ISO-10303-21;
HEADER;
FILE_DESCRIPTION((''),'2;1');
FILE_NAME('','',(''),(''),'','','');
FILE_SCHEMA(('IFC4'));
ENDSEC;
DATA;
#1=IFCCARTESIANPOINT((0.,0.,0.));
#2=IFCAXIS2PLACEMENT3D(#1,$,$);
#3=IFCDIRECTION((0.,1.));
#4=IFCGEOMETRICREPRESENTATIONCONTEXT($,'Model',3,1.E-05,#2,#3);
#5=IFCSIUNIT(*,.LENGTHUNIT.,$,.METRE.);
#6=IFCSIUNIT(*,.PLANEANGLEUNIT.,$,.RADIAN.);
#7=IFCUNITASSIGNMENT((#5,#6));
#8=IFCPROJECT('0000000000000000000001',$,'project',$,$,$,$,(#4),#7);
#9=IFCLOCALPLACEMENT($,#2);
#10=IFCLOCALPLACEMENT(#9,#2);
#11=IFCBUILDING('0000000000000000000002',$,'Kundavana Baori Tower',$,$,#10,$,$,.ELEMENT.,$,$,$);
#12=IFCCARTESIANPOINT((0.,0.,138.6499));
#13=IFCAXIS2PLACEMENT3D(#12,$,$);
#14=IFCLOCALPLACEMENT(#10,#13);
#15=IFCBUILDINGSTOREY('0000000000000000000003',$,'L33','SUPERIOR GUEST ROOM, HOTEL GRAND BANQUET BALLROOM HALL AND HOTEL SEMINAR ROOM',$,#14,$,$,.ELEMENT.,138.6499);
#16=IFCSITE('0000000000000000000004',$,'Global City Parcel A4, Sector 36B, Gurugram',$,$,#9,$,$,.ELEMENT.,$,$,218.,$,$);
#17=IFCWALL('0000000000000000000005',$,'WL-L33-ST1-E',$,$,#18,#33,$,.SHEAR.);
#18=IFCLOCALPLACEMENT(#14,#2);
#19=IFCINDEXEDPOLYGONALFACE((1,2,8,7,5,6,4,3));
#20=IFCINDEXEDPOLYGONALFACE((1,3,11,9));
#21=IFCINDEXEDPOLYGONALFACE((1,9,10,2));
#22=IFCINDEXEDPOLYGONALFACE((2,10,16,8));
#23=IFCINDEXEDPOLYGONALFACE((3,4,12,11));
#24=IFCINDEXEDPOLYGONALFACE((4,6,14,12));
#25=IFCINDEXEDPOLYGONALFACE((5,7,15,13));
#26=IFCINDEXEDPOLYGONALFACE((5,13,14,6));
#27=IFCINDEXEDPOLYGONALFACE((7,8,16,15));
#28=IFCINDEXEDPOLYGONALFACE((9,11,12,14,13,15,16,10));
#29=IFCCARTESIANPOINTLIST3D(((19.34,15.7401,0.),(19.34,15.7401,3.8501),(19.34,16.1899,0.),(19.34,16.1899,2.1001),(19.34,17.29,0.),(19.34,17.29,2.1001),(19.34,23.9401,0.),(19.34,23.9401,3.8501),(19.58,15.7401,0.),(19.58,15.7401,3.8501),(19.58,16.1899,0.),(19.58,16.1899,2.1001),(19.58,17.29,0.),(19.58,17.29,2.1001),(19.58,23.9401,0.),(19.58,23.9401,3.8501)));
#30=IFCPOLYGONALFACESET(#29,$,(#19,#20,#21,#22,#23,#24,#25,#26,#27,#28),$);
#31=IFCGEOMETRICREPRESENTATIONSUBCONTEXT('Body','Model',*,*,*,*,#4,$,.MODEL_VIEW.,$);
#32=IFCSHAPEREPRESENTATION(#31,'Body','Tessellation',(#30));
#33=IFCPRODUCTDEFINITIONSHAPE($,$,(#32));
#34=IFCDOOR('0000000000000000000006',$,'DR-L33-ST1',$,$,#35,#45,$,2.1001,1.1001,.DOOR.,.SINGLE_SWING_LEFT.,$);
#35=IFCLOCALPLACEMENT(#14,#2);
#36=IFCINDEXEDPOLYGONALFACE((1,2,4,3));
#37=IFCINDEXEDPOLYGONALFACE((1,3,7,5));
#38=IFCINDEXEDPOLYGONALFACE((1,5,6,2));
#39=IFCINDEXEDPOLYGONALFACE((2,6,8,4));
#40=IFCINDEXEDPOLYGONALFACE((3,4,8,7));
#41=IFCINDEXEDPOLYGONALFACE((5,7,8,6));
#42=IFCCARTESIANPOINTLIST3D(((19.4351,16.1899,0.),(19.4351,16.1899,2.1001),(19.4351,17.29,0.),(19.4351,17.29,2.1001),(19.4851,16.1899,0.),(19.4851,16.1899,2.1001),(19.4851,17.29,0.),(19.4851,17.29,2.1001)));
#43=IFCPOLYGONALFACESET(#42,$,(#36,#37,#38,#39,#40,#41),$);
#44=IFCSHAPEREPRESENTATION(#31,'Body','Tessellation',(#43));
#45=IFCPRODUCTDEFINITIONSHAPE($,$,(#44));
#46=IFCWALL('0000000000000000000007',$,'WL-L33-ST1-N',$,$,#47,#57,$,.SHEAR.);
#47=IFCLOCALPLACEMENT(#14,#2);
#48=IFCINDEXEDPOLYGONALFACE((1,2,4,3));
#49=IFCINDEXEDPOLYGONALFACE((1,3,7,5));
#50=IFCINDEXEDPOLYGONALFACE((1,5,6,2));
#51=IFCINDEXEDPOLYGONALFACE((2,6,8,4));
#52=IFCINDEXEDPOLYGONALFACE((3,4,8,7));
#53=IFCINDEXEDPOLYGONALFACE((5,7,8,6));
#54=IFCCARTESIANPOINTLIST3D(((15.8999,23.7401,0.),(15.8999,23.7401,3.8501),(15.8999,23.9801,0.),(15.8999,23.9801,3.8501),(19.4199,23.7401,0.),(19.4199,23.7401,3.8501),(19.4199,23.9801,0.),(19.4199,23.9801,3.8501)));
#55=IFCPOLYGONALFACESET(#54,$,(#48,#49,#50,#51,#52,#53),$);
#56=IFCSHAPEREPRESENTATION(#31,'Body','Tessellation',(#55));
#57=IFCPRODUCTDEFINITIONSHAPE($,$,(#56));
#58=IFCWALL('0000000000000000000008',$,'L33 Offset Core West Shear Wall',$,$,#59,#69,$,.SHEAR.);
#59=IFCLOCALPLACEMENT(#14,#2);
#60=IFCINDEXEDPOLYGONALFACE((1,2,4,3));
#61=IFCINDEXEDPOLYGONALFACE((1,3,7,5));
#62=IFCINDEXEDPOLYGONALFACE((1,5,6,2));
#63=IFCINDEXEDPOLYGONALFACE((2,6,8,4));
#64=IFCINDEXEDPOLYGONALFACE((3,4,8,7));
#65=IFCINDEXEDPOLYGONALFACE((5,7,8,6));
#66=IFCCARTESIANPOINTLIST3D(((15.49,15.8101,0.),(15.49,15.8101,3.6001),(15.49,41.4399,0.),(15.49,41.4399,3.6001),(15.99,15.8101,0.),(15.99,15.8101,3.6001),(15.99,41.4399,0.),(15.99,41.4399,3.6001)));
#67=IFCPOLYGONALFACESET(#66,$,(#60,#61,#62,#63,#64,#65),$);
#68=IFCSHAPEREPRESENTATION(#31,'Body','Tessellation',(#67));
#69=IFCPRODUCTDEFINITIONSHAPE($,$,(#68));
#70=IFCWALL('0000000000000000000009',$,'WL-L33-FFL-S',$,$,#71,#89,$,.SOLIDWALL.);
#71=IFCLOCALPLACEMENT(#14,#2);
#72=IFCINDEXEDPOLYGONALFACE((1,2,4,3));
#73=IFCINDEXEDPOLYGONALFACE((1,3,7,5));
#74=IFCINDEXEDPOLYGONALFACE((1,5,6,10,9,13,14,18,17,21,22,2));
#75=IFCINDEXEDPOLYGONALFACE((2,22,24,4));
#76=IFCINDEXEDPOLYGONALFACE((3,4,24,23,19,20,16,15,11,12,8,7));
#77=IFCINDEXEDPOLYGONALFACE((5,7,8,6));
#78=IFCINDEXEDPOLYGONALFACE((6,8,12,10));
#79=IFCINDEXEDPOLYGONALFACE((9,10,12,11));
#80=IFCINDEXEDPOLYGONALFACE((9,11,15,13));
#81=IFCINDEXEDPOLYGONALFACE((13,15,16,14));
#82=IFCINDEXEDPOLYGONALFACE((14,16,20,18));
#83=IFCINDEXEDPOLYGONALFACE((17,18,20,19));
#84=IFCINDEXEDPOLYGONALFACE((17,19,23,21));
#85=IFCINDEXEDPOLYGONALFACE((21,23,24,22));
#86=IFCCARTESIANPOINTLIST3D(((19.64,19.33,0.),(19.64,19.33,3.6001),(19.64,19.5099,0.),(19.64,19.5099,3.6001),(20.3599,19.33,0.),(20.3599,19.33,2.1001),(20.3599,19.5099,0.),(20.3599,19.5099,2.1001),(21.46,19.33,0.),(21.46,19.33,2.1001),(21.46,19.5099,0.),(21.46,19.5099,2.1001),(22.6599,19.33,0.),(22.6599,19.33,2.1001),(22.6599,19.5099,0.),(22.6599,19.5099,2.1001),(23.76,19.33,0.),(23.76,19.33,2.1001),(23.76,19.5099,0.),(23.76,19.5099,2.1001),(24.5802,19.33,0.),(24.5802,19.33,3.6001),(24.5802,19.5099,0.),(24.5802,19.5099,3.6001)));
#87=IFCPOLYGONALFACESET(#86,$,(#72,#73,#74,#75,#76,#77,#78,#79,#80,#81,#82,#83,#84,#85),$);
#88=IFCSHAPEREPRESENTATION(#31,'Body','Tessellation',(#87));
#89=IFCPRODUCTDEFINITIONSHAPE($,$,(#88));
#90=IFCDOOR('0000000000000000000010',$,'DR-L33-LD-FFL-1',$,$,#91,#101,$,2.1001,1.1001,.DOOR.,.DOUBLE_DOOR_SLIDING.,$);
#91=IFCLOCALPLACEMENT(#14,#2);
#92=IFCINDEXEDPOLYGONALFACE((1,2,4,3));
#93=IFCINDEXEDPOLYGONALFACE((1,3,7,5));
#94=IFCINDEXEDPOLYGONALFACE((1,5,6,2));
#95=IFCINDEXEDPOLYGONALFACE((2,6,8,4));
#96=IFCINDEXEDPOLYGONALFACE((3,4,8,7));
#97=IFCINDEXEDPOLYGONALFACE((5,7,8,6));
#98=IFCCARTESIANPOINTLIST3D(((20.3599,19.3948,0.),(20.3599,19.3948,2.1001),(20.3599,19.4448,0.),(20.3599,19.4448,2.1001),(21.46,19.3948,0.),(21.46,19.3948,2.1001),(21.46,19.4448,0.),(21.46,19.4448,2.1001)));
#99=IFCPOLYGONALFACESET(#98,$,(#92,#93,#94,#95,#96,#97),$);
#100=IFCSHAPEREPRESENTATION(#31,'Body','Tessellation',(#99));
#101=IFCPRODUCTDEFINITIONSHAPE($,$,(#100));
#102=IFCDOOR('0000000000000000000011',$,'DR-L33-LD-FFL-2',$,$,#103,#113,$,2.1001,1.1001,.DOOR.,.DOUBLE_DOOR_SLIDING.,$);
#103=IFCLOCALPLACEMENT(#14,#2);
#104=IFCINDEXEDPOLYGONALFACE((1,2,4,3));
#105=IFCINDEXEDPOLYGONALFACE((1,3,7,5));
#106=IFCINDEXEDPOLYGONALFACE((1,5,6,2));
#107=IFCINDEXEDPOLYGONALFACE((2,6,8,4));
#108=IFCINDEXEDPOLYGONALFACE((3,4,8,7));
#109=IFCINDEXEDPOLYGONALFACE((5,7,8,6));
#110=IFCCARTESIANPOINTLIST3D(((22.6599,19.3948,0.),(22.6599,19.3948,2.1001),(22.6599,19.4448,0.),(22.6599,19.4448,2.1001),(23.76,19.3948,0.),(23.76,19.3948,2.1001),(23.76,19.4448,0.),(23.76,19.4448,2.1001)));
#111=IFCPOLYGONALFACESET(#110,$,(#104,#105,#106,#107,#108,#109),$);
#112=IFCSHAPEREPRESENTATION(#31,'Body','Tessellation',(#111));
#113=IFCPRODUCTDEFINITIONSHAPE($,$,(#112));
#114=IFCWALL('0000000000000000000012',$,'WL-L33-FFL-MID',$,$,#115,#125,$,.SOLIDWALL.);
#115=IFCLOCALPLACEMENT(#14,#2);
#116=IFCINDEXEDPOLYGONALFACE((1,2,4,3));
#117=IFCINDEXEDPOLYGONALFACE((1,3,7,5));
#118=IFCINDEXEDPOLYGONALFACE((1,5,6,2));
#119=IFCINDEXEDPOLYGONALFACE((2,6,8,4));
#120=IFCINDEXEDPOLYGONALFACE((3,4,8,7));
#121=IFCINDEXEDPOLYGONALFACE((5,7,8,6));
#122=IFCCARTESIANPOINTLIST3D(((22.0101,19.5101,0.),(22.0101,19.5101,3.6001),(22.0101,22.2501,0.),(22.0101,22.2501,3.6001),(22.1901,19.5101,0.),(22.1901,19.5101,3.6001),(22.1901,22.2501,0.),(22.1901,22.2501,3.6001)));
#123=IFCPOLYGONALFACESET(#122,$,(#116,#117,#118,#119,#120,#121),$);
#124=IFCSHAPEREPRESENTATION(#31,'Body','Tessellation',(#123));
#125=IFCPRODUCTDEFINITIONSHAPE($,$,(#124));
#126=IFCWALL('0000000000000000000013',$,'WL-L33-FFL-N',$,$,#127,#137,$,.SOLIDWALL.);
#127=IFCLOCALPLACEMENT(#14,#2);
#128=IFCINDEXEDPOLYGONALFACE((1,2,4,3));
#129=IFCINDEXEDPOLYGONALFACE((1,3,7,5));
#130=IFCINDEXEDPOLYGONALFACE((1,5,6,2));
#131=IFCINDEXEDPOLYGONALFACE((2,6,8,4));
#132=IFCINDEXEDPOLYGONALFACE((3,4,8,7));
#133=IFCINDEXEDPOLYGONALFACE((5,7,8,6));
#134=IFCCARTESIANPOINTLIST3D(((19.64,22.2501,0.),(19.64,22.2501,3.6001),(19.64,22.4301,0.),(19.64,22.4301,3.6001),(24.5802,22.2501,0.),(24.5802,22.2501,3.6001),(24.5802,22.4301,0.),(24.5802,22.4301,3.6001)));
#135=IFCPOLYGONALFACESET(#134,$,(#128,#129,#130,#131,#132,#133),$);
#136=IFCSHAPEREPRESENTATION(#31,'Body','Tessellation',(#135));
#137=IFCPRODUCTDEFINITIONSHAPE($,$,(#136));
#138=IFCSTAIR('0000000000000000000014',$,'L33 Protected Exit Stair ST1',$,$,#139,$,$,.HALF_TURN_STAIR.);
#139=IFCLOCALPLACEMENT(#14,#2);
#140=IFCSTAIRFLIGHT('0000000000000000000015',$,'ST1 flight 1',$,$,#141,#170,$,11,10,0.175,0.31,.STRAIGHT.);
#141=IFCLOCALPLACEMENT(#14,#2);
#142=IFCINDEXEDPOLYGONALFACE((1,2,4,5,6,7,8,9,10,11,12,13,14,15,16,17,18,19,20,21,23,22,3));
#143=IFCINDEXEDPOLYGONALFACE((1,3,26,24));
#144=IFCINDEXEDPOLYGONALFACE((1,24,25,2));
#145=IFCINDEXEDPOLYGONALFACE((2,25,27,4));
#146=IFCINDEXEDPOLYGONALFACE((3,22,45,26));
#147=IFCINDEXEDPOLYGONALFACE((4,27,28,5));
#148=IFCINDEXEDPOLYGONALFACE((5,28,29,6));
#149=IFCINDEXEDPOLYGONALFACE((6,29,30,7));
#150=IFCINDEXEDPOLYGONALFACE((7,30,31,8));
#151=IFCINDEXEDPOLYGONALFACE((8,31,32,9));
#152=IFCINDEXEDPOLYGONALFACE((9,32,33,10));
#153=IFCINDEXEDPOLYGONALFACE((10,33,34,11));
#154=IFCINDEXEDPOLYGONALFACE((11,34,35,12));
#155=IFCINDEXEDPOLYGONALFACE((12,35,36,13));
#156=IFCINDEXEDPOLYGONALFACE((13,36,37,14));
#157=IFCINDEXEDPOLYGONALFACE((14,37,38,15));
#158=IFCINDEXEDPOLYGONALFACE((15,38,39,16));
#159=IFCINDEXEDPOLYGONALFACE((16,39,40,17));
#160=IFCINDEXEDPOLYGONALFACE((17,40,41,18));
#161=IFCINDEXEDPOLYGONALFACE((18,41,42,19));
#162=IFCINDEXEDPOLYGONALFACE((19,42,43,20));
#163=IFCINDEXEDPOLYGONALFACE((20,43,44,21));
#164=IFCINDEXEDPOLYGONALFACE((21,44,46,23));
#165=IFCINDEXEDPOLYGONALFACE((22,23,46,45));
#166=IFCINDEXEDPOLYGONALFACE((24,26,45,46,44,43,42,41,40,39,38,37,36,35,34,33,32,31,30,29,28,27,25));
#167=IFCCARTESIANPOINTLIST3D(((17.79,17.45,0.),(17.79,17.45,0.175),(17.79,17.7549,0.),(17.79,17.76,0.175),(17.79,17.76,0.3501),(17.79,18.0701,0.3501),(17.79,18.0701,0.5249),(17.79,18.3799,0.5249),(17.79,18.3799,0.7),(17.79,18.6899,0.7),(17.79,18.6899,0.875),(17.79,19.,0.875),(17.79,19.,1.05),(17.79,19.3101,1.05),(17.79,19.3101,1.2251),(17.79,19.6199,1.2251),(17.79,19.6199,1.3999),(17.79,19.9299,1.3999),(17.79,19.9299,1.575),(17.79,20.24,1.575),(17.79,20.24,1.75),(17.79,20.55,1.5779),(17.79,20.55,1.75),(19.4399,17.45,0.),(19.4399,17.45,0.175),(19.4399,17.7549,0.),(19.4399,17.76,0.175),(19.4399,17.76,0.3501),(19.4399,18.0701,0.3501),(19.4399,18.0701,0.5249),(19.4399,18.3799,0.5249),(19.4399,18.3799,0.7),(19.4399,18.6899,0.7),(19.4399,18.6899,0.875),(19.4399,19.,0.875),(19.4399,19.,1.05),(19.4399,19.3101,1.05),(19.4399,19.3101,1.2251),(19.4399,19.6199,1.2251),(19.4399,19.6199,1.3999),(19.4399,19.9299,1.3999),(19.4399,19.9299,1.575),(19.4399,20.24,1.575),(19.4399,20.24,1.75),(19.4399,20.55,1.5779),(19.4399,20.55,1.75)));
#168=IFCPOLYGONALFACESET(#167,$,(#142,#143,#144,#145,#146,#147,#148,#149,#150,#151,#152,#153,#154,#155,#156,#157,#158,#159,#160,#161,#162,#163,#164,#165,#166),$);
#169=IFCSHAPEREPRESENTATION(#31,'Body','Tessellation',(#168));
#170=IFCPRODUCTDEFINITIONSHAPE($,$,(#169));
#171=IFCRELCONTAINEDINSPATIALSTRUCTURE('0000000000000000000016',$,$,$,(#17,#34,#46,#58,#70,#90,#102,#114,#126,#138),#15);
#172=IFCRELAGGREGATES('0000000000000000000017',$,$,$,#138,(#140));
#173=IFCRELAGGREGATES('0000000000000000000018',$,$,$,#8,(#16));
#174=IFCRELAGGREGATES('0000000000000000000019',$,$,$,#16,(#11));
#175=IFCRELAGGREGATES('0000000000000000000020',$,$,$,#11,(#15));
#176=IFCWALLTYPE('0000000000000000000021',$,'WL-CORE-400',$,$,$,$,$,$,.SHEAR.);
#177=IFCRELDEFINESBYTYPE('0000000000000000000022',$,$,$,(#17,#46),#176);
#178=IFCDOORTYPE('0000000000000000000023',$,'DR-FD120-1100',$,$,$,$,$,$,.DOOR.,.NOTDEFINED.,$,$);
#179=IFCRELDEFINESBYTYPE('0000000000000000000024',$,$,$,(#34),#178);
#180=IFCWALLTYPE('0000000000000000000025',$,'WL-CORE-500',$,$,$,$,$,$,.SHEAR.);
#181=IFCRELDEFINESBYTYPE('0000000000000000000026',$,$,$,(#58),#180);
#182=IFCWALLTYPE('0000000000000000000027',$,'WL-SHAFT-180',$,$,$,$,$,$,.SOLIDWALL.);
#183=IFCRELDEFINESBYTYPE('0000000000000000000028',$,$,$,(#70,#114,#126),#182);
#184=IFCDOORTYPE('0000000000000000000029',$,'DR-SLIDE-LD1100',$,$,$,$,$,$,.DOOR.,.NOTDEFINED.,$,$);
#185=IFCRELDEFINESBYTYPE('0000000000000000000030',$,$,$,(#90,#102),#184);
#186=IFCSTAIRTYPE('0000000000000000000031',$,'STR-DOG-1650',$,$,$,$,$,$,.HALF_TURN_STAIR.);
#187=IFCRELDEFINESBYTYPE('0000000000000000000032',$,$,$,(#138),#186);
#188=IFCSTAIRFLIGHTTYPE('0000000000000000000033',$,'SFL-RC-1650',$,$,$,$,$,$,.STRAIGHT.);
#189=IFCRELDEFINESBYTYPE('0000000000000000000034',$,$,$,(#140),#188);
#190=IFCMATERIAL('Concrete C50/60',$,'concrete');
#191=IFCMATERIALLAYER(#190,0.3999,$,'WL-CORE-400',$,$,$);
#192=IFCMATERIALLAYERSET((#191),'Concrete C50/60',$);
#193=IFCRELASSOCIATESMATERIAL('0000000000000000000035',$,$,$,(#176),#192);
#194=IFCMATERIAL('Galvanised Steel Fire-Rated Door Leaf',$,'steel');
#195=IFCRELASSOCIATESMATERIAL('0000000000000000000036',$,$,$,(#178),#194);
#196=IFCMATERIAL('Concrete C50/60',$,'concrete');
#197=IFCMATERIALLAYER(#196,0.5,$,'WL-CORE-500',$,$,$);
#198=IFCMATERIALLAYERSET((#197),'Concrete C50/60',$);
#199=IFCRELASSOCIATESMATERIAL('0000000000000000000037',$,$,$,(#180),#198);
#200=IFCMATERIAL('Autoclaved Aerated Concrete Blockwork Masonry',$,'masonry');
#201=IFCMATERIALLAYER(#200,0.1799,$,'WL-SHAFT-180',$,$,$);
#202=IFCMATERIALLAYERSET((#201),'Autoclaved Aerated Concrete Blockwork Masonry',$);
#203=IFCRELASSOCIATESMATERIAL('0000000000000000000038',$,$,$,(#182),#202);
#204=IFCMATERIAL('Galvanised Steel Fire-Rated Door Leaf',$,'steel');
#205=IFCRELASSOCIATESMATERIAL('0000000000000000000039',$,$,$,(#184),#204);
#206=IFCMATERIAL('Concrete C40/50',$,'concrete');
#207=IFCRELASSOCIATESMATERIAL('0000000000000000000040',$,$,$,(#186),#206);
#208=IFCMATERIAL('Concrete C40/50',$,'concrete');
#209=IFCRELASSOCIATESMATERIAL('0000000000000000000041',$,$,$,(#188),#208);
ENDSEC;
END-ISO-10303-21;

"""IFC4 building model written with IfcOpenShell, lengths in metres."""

from ifc_helpers import new_model, si_unit, direction, frame, frame_2d, origin, place, context, subcontext, project, spatial, polyline, rectangle, outline, extrude, material, layer, layer_set, type_object, element, fill, aggregate, save


model = new_model("IFC4")

# Units and contexts
model_context = context("Model", 3, precision=1e-05, world=origin(), true_north=direction((0.0, 1.0)))
body_context = subcontext(model_context, "Body", "Model", "MODEL_VIEW")
ifc_project = project(units=[si_unit("LENGTHUNIT", "METRE"), si_unit("PLANEANGLEUNIT", "RADIAN")], contexts=[model_context])

# Site, building, storey
site_placement = place(None, origin())
site = spatial("IfcSite", under=ifc_project, at=site_placement, Name="Global City Parcel A4, Sector 36B, Gurugram", CompositionType="ELEMENT", RefElevation=218.0)
building_placement = place(site_placement, origin())
building = spatial("IfcBuilding", under=site, at=building_placement, Name="Kundavana Baori Tower", CompositionType="ELEMENT")
storey_placement = place(building_placement, frame((0.0, 0.0, 138.6499)))
storey = spatial("IfcBuildingStorey", under=building, at=storey_placement, Name="L33", Description="SUPERIOR GUEST ROOM, HOTEL GRAND BANQUET BALLROOM HALL AND HOTEL SEMINAR ROOM", CompositionType="ELEMENT", Elevation=138.6499)

# Wall, opening, door
ifc_material_1 = material(Name="Concrete C50/60", Category="concrete")
ifc_layer_1 = layer(ifc_material_1, 0.3999, Name="WL-CORE-400")
ifc_layer_set_1 = layer_set([ifc_layer_1], Name="Concrete C50/60")
wall_type_1 = type_object("IfcWallType", Name="WL-CORE-400", PredefinedType="SHEAR", material=ifc_layer_set_1)
wall_1_placement = place(storey_placement, frame((19.46, 15.74, 0.0), z_axis=(0.0, 0.0, 1.0), x_axis=(0.0, 1.0, 0.0)))
wall_1 = element("IfcWall", 1, at=wall_1_placement, inside=storey, type_object=wall_type_1, Name="WL-L33-ST1-E", PredefinedType="SHEAR", context=body_context, shape_type="SweptSolid", body=[
    extrude(rectangle(XDim=8.2, YDim=0.24, at=frame_2d((4.1001, 0.0))), origin(), (0.0, 0.0, 1.0), 3.8501),
])
opening_1_placement = place(wall_1_placement, frame((0.45, 0.0, 0.0)))
opening_1 = element("IfcOpeningElement", 2, at=opening_1_placement, cuts=wall_1, PredefinedType="OPENING", context=body_context, shape_type="SweptSolid", body=[
    extrude(rectangle(XDim=1.1001, YDim=2.1001, at=frame_2d((0.55, 1.05))), frame((0.0, 0.1299, 0.0), z_axis=(0.0, -1.0, 0.0), x_axis=(1.0, 0.0, 0.0)), (0.0, 0.0, 1.0), 0.26),
])
ifc_material_2 = material(Name="Galvanised Steel Fire-Rated Door Leaf", Category="steel")
door_type_1 = type_object("IfcDoorType", Name="DR-FD120-1100", OperationType="NOTDEFINED", PredefinedType="DOOR", material=ifc_material_2)
door_1_placement = place(opening_1_placement, origin())
door_1 = element("IfcDoor", 3, at=door_1_placement, inside=storey, type_object=door_type_1, Name="DR-L33-ST1", OperationType="SINGLE_SWING_LEFT", OverallHeight=2.1001, OverallWidth=1.1001, PredefinedType="DOOR", context=body_context, shape_type="SweptSolid", body=[
    extrude(rectangle(XDim=1.1001, YDim=2.1001, at=frame_2d((0.55, 1.05))), frame((0.0, 0.0249, 0.0), z_axis=(0.0, -1.0, 0.0), x_axis=(1.0, 0.0, 0.0)), (0.0, 0.0, 1.0), 0.05),
])
fill(opening_1, door_1)

# Walls
wall_2_placement = place(storey_placement, frame((15.8999, 23.8601, 0.0), z_axis=(0.0, 0.0, 1.0), x_axis=(1.0, 0.0, 0.0)))
element("IfcWall", 4, at=wall_2_placement, inside=storey, type_object=wall_type_1, Name="WL-L33-ST1-N", PredefinedType="SHEAR", context=body_context, shape_type="SweptSolid", body=[
    extrude(rectangle(XDim=3.52, YDim=0.24, at=frame_2d((1.76, 0.0))), origin(), (0.0, 0.0, 1.0), 3.8501),
])
ifc_material_3 = material(Name="Concrete C50/60", Category="concrete")
ifc_layer_2 = layer(ifc_material_3, 0.5, Name="WL-CORE-500")
ifc_layer_set_2 = layer_set([ifc_layer_2], Name="Concrete C50/60")
wall_type_2 = type_object("IfcWallType", Name="WL-CORE-500", PredefinedType="SHEAR", material=ifc_layer_set_2)
wall_3_placement = place(storey_placement, frame((15.74, 15.8101, 0.0), z_axis=(0.0, 0.0, 1.0), x_axis=(0.0, 1.0, 0.0)))
element("IfcWall", 5, at=wall_3_placement, inside=storey, type_object=wall_type_2, Name="L33 Offset Core West Shear Wall", PredefinedType="SHEAR", context=body_context, shape_type="SweptSolid", body=[
    extrude(rectangle(XDim=25.6299, YDim=0.5, at=frame_2d((12.8149, 0.0))), origin(), (0.0, 0.0, 1.0), 3.6001),
])

# Wall, openings, doors
ifc_material_4 = material(Name="Autoclaved Aerated Concrete Blockwork Masonry", Category="masonry")
ifc_layer_3 = layer(ifc_material_4, 0.1799, Name="WL-SHAFT-180")
ifc_layer_set_3 = layer_set([ifc_layer_3], Name="Autoclaved Aerated Concrete Blockwork Masonry")
wall_type_3 = type_object("IfcWallType", Name="WL-SHAFT-180", PredefinedType="SOLIDWALL", material=ifc_layer_set_3)
wall_4_placement = place(storey_placement, frame((19.6399, 19.4199, 0.0), z_axis=(0.0, 0.0, 1.0), x_axis=(1.0, 0.0, 0.0)))
wall_4 = element("IfcWall", 6, at=wall_4_placement, inside=storey, type_object=wall_type_3, Name="WL-L33-FFL-S", PredefinedType="SOLIDWALL", context=body_context, shape_type="SweptSolid", body=[
    extrude(rectangle(XDim=4.9402, YDim=0.1799, at=frame_2d((2.4702, 0.0))), origin(), (0.0, 0.0, 1.0), 3.6001),
])
opening_2_placement = place(wall_4_placement, frame((0.72, 0.0, 0.0)))
opening_2 = element("IfcOpeningElement", 7, at=opening_2_placement, cuts=wall_4, PredefinedType="OPENING", context=body_context, shape_type="SweptSolid", body=[
    extrude(rectangle(XDim=1.1001, YDim=2.1001, at=frame_2d((0.55, 1.05))), frame((0.0, 0.1001, 0.0), z_axis=(0.0, -1.0, 0.0), x_axis=(1.0, 0.0, 0.0)), (0.0, 0.0, 1.0), 0.2),
])
opening_3_placement = place(wall_4_placement, frame((3.02, 0.0, 0.0)))
opening_3 = element("IfcOpeningElement", 8, at=opening_3_placement, cuts=wall_4, PredefinedType="OPENING", context=body_context, shape_type="SweptSolid", body=[
    extrude(rectangle(XDim=1.1001, YDim=2.1001, at=frame_2d((0.55, 1.05))), frame((0.0, 0.1001, 0.0), z_axis=(0.0, -1.0, 0.0), x_axis=(1.0, 0.0, 0.0)), (0.0, 0.0, 1.0), 0.2),
])
ifc_material_5 = material(Name="Galvanised Steel Fire-Rated Door Leaf", Category="steel")
door_type_2 = type_object("IfcDoorType", Name="DR-SLIDE-LD1100", OperationType="NOTDEFINED", PredefinedType="DOOR", material=ifc_material_5)
door_2_placement = place(opening_2_placement, origin())
door_2 = element("IfcDoor", 9, at=door_2_placement, inside=storey, type_object=door_type_2, Name="DR-L33-LD-FFL-1", OperationType="DOUBLE_DOOR_SLIDING", OverallHeight=2.1001, OverallWidth=1.1001, PredefinedType="DOOR", context=body_context, shape_type="SweptSolid", body=[
    extrude(rectangle(XDim=1.1001, YDim=2.1001, at=frame_2d((0.55, 1.05))), frame((0.0, 0.0249, 0.0), z_axis=(0.0, -1.0, 0.0), x_axis=(1.0, 0.0, 0.0)), (0.0, 0.0, 1.0), 0.05),
])
fill(opening_2, door_2)
door_3_placement = place(opening_3_placement, origin())
door_3 = element("IfcDoor", 10, at=door_3_placement, inside=storey, type_object=door_type_2, Name="DR-L33-LD-FFL-2", OperationType="DOUBLE_DOOR_SLIDING", OverallHeight=2.1001, OverallWidth=1.1001, PredefinedType="DOOR", context=body_context, shape_type="SweptSolid", body=[
    extrude(rectangle(XDim=1.1001, YDim=2.1001, at=frame_2d((0.55, 1.05))), frame((0.0, 0.0249, 0.0), z_axis=(0.0, -1.0, 0.0), x_axis=(1.0, 0.0, 0.0)), (0.0, 0.0, 1.0), 0.05),
])
fill(opening_3, door_3)

# Walls
wall_5_placement = place(storey_placement, frame((22.1001, 19.51, 0.0), z_axis=(0.0, 0.0, 1.0), x_axis=(0.0, 1.0, 0.0)))
element("IfcWall", 11, at=wall_5_placement, inside=storey, type_object=wall_type_3, Name="WL-L33-FFL-MID", PredefinedType="SOLIDWALL", context=body_context, shape_type="SweptSolid", body=[
    extrude(rectangle(XDim=2.74, YDim=0.1799, at=frame_2d((1.3701, 0.0))), origin(), (0.0, 0.0, 1.0), 3.6001),
])
wall_6_placement = place(storey_placement, frame((19.6399, 22.3401, 0.0), z_axis=(0.0, 0.0, 1.0), x_axis=(1.0, 0.0, 0.0)))
element("IfcWall", 12, at=wall_6_placement, inside=storey, type_object=wall_type_3, Name="WL-L33-FFL-N", PredefinedType="SOLIDWALL", context=body_context, shape_type="SweptSolid", body=[
    extrude(rectangle(XDim=4.9402, YDim=0.1799, at=frame_2d((2.4702, 0.0))), origin(), (0.0, 0.0, 1.0), 3.6001),
])

# Stair, stair flight
ifc_material_6 = material(Name="Concrete C40/50", Category="concrete")
stair_type = type_object("IfcStairType", Name="STR-DOG-1650", PredefinedType="HALF_TURN_STAIR", material=ifc_material_6)
stair_placement = place(storey_placement, origin())
stair = element("IfcStair", 13, at=stair_placement, inside=storey, type_object=stair_type, Name="L33 Protected Exit Stair ST1", PredefinedType="HALF_TURN_STAIR")
ifc_material_7 = material(Name="Concrete C40/50", Category="concrete")
stair_flight_type = type_object("IfcStairFlightType", Name="SFL-RC-1650", PredefinedType="STRAIGHT", material=ifc_material_7)
stair_flight_1_placement = place(storey_placement, frame((18.615, 17.45, 0.0), z_axis=(0.0, 0.0, 1.0), x_axis=(0.0, 1.0, 0.0)))
stair_flight_1 = element("IfcStairFlight", 14, at=stair_flight_1_placement, type_object=stair_flight_type, Name="ST1 flight 1", NumberOfRisers=11, NumberOfTreads=10, PredefinedType="STRAIGHT", RiserHeight=0.175, TreadLength=0.31, context=body_context, shape_type="SweptSolid", body=[
    extrude(outline(polyline([(0.0, 0.0), (0.0, 0.175), (0.3101, 0.175), (0.3101, 0.3501), (0.6201, 0.3501), (0.6201, 0.5249), (0.9299, 0.5249), (0.9299, 0.7), (1.24, 0.7), (1.24, 0.875), (1.55, 0.875), (1.55, 1.05), (1.8601, 1.05), (1.8601, 1.2251), (2.1699, 1.2251), (2.1699, 1.3999), (2.48, 1.3999), (2.48, 1.575), (2.79, 1.575), (2.79, 1.75), (3.1001, 1.75), (3.1001, 1.925), (3.1001, 1.5779), (0.3049, 0.0), (0.0, 0.0)])), frame((0.0, 0.825, 0.0), z_axis=(0.0, -1.0, 0.0), x_axis=(1.0, 0.0, 0.0)), (0.0, 0.0, 1.0), 1.6499),
])
aggregate(stair, [stair_flight_1])

save(model, "model.ifc")
